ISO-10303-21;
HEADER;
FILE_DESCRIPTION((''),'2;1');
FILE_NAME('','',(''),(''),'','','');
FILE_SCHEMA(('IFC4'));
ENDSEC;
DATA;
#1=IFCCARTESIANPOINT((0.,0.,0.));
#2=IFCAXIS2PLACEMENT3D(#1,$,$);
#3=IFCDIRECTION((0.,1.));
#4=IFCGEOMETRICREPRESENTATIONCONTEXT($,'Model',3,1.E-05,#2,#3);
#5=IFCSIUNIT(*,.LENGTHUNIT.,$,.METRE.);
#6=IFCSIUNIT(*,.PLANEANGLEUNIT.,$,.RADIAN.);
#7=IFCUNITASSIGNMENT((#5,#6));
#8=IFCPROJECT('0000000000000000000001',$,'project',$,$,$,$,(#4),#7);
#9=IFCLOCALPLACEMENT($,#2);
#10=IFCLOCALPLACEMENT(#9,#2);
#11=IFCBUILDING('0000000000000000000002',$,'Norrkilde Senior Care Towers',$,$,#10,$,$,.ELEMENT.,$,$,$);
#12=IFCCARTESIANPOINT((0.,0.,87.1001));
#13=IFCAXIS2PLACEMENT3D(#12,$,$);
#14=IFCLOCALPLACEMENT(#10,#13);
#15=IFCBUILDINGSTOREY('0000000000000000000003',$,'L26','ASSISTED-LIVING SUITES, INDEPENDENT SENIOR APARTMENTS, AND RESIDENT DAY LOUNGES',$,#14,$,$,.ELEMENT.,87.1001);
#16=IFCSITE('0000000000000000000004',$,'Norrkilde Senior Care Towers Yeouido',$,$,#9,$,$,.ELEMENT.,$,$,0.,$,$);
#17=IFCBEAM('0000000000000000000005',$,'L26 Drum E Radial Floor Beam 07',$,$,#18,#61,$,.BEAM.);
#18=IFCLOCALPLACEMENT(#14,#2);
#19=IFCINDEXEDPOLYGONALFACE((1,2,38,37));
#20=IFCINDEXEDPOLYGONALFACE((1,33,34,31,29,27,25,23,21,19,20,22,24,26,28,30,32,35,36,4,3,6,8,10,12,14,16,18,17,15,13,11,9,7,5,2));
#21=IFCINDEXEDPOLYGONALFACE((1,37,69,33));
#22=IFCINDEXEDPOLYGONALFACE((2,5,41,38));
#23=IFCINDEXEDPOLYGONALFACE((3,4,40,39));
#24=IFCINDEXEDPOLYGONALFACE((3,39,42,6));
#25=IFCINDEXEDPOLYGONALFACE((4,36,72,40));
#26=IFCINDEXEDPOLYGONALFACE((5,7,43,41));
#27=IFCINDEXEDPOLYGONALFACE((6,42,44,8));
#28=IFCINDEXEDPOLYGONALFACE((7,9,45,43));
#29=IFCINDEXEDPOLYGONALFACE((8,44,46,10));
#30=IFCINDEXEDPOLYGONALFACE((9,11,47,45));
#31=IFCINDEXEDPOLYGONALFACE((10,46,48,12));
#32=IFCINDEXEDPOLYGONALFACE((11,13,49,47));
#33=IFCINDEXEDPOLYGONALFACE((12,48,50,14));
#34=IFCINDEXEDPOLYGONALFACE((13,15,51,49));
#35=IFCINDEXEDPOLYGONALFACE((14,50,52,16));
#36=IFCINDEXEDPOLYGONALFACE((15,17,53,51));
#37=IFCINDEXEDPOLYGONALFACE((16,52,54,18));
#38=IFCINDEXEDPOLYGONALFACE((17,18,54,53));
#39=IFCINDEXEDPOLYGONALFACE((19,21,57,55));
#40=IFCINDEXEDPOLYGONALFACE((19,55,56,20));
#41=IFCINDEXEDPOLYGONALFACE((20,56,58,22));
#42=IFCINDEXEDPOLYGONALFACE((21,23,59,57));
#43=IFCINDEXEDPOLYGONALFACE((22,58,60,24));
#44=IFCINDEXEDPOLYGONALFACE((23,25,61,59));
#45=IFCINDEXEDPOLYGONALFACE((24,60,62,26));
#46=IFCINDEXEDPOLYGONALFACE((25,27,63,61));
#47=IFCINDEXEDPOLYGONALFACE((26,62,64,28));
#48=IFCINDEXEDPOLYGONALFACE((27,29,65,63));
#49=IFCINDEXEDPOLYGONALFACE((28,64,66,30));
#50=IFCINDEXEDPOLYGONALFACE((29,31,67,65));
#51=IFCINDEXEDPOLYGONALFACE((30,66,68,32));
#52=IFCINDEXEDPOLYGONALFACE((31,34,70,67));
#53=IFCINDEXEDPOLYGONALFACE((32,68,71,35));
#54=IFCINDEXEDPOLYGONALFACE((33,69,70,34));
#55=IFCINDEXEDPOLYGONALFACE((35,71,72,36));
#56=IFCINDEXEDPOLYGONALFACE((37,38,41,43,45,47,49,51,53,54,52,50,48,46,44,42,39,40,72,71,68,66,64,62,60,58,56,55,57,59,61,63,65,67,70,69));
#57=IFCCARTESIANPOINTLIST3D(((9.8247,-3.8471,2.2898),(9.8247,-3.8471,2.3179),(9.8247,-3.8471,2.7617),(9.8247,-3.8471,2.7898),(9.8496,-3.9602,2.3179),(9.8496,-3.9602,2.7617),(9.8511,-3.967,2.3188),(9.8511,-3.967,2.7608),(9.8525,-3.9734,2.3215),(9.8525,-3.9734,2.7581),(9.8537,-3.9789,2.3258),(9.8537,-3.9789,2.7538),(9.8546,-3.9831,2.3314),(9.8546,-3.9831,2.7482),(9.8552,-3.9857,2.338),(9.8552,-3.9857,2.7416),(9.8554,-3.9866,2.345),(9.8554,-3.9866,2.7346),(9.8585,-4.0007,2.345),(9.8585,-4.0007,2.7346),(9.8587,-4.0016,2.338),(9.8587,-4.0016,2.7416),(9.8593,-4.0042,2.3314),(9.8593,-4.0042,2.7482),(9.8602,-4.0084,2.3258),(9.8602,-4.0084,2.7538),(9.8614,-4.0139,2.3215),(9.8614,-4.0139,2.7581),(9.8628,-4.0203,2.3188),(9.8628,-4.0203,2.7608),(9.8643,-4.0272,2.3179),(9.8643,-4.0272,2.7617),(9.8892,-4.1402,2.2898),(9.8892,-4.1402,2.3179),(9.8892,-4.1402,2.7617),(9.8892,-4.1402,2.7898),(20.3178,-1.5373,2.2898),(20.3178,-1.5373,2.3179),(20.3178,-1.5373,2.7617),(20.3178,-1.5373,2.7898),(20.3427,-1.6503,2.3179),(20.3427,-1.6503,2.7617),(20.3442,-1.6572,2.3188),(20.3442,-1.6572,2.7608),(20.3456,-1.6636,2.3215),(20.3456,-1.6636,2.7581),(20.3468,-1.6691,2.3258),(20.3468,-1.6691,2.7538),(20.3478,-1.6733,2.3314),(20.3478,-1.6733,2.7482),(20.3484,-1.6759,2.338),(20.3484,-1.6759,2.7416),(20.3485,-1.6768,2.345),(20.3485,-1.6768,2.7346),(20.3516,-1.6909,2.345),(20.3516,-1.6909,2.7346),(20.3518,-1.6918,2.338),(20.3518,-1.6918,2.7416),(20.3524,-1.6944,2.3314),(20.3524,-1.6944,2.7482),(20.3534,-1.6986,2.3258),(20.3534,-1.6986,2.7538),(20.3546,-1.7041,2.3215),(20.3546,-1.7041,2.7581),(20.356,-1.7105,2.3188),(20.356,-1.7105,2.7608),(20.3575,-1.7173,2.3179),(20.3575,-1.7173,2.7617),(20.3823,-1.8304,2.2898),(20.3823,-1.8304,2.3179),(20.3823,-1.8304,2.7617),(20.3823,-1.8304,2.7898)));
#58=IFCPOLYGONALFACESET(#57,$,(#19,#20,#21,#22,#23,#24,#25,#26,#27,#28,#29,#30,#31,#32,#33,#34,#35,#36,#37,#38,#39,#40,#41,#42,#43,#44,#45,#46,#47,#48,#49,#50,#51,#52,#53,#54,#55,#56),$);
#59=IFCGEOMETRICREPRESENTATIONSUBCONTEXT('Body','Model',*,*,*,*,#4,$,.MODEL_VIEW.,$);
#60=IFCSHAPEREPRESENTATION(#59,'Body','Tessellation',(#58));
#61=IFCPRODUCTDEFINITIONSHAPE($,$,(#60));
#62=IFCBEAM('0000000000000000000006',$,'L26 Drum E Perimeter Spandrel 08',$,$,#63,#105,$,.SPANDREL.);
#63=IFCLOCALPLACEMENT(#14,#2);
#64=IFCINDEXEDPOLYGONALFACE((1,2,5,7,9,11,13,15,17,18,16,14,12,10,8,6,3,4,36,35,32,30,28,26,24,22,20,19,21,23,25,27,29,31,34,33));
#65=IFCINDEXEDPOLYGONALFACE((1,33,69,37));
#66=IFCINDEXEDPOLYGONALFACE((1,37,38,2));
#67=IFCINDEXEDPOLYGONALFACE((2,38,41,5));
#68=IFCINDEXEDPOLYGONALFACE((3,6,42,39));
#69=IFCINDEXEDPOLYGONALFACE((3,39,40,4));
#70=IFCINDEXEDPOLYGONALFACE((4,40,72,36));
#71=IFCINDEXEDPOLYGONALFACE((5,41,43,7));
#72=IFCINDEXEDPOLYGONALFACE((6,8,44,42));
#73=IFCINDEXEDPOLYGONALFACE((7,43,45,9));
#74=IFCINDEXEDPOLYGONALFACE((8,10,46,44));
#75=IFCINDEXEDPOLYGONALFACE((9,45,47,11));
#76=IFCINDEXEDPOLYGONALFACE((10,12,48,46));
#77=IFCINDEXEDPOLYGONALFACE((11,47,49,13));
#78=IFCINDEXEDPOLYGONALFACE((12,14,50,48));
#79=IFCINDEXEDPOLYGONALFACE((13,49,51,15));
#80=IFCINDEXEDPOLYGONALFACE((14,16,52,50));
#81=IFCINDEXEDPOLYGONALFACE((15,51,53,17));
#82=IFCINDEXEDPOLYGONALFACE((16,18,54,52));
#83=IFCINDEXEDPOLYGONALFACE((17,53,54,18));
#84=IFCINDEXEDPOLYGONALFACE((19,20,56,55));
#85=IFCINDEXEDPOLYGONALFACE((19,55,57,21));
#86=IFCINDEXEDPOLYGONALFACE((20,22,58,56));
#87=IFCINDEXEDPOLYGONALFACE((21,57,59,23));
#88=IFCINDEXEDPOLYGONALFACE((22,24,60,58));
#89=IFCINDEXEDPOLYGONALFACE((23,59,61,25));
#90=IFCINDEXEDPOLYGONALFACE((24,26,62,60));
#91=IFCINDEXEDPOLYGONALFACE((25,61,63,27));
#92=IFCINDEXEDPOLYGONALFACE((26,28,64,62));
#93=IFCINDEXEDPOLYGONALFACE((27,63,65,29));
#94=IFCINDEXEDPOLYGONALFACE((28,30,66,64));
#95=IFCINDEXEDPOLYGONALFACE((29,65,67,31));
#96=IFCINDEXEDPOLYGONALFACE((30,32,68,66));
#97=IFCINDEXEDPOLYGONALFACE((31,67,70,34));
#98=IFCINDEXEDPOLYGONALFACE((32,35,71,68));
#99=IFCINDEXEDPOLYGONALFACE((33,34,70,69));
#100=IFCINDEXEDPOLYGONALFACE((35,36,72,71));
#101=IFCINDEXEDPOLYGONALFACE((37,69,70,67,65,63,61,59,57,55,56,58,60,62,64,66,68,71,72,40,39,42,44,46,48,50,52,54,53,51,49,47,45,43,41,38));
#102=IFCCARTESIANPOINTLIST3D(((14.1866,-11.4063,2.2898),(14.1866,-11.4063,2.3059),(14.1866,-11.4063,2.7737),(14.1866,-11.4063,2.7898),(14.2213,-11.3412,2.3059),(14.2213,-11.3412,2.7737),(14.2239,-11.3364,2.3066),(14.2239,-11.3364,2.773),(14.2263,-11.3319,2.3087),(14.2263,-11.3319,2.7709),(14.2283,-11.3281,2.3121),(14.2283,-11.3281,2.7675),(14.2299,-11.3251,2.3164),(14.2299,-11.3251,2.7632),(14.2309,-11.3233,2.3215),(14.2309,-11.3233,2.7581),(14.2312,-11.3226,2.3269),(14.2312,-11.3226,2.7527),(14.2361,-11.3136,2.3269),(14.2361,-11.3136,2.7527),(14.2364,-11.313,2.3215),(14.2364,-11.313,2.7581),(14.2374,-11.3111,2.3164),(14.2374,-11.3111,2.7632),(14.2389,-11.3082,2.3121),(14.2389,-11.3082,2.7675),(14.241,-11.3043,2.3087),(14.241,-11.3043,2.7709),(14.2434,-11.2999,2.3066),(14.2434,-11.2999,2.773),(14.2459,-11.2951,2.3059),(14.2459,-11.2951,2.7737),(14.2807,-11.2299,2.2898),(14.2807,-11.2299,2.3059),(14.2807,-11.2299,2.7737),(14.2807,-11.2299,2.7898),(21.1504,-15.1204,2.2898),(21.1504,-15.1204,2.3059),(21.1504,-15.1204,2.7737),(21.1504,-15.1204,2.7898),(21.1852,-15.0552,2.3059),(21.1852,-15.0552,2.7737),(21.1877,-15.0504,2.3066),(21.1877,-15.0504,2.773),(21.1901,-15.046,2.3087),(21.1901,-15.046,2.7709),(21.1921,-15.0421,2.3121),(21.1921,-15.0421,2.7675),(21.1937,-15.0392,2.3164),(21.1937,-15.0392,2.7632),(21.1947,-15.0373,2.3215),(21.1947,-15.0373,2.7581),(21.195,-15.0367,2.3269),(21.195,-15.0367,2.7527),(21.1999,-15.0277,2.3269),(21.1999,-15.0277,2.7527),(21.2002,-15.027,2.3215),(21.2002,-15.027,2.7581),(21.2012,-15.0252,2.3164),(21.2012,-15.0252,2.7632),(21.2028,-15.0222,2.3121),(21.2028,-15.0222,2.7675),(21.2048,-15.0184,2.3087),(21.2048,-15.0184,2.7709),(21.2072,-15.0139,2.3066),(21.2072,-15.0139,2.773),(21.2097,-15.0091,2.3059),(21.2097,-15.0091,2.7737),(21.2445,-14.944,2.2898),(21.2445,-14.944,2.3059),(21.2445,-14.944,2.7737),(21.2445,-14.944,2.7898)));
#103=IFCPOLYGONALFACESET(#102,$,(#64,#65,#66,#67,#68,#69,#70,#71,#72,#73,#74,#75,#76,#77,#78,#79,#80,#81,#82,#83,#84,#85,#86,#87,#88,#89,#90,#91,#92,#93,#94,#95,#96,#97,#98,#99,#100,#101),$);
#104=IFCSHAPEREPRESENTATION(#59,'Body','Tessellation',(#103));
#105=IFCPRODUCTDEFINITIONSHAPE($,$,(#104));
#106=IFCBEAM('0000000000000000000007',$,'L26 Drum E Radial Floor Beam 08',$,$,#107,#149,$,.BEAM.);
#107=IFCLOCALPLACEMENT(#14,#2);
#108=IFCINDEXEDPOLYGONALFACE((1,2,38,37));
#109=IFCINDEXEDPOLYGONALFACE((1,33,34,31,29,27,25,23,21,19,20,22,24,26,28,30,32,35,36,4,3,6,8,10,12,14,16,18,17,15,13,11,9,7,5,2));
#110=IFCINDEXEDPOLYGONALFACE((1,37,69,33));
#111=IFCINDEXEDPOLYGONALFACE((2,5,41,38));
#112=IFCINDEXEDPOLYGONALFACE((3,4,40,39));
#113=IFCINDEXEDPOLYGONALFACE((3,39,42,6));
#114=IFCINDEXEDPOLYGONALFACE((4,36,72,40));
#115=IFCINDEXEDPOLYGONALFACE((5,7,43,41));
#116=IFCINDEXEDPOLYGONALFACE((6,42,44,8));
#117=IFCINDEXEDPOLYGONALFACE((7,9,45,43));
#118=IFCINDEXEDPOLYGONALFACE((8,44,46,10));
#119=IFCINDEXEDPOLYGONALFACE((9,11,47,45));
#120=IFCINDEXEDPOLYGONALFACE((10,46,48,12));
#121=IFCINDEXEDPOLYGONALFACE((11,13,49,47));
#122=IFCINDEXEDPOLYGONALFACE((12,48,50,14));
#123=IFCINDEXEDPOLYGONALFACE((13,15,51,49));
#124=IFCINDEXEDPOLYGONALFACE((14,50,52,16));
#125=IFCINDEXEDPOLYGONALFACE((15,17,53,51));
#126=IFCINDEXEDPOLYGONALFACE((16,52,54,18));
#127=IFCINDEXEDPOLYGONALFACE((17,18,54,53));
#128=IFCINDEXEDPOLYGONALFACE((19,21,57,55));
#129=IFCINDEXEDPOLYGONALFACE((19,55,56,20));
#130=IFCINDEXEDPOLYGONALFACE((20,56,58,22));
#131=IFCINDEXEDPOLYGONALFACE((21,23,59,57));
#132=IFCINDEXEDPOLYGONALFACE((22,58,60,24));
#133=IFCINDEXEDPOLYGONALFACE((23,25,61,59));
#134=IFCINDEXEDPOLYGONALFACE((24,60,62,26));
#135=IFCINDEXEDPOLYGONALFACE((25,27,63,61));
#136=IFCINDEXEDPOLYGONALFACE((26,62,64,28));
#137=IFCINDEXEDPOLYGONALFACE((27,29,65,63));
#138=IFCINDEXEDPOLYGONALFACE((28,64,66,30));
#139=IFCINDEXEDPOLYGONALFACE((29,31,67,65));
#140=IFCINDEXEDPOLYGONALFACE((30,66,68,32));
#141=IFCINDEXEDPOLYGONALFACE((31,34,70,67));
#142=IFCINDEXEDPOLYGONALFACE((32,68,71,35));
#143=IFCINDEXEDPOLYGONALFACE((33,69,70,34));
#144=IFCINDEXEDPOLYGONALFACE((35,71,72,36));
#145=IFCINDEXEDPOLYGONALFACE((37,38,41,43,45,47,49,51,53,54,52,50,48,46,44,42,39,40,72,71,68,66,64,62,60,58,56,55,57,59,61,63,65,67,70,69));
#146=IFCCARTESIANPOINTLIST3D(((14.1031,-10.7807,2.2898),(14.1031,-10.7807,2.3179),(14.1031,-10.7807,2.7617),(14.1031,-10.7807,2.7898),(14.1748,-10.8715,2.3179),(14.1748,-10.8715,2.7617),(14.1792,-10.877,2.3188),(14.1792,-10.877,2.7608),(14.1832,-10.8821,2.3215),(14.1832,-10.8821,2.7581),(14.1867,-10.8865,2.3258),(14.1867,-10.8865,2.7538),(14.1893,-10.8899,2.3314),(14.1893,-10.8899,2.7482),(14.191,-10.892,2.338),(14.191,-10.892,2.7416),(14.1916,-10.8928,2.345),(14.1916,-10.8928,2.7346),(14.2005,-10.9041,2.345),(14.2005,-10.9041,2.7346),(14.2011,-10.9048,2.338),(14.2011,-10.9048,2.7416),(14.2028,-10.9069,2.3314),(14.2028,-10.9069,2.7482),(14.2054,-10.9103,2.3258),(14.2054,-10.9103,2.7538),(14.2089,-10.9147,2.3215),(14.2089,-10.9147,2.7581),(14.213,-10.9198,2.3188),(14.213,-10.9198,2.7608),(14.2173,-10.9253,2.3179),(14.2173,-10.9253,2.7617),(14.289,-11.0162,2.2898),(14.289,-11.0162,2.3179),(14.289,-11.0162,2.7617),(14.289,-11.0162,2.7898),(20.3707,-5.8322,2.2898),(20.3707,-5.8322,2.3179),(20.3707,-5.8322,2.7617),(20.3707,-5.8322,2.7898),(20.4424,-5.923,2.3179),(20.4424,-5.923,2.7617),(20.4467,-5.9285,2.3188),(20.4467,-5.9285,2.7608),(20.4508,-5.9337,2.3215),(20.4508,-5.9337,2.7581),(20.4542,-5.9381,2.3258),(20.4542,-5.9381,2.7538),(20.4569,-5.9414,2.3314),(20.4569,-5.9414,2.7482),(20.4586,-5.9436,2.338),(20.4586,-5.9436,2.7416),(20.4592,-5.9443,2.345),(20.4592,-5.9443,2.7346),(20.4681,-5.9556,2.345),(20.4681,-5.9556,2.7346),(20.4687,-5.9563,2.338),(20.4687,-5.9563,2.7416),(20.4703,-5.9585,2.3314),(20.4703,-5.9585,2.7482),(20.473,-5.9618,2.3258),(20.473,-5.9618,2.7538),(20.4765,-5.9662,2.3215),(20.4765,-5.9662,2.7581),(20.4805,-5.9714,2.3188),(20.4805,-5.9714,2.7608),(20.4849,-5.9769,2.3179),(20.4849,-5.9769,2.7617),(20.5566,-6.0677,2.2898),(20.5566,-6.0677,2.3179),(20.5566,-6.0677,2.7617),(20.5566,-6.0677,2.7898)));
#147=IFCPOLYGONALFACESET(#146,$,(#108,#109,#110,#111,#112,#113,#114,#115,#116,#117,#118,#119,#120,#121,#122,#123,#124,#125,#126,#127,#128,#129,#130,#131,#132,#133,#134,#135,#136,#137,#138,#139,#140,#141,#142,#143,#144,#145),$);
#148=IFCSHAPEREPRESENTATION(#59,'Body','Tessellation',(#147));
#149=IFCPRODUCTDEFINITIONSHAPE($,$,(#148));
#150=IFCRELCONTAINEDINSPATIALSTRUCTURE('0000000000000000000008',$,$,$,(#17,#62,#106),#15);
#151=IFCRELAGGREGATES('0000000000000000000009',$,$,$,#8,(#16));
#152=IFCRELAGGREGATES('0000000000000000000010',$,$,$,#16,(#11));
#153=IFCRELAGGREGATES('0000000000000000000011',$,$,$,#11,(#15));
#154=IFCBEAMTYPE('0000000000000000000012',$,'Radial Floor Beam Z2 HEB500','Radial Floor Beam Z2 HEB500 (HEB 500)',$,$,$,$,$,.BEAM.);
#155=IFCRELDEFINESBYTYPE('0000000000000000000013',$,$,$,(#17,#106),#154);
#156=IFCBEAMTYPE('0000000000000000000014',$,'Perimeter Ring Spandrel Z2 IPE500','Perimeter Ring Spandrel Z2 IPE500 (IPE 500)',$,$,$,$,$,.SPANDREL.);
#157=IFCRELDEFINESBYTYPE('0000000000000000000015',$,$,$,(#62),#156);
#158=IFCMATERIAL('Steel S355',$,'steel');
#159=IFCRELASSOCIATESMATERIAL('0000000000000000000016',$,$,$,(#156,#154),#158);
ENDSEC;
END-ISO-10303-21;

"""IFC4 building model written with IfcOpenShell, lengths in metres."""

from ifc_helpers import new_model, si_unit, direction, frame, origin, origin_2d, place, context, subcontext, project, spatial, i_section, extrude, source, transform, mapped, material, material_profile, profile_set, type_object, type_shapes, element, save


model = new_model("IFC4")

# Units and contexts
model_context = context("Model", 3, precision=1e-05, world=origin(), true_north=direction((0.0, 1.0)))
body_context = subcontext(model_context, "Body", "Model", "MODEL_VIEW")
ifc_project = project(units=[si_unit("LENGTHUNIT", "METRE"), si_unit("PLANEANGLEUNIT", "RADIAN")], contexts=[model_context])

# Site, building, storey
site_placement = place(None, origin())
site = spatial("IfcSite", under=ifc_project, at=site_placement, Name="Norrkilde Senior Care Towers Yeouido", CompositionType="ELEMENT", RefElevation=0.0)
building_placement = place(site_placement, origin())
building = spatial("IfcBuilding", under=site, at=building_placement, Name="Norrkilde Senior Care Towers", CompositionType="ELEMENT")
storey_placement = place(building_placement, frame((0.0, 0.0, 87.1001)))
storey = spatial("IfcBuildingStorey", under=building, at=storey_placement, Name="L26", Description="ASSISTED-LIVING SUITES, INDEPENDENT SENIOR APARTMENTS, AND RESIDENT DAY LOUNGES", CompositionType="ELEMENT", Elevation=87.1001)

# Beams
ifc_material_1 = material(Name="Steel S355", Category="steel")
ifc_material_profile_1 = material_profile(ifc_material_1, i_section(OverallWidth=0.2, OverallDepth=0.5, WebThickness=0.0103, FlangeThickness=0.0161, FilletRadius=0.021, at=origin_2d()), Name="IPE 500")
ifc_profile_set_1 = profile_set([ifc_material_profile_1], Name="Steel S355")
beam_type_1 = type_object("IfcBeamType", Name="Perimeter Ring Spandrel Z2 IPE500", Description="Perimeter Ring Spandrel Z2 IPE500 (IPE 500)", PredefinedType="SPANDREL", material=ifc_profile_set_1)
ifc_material_profile_2 = material_profile(ifc_material_1, i_section(OverallWidth=0.3, OverallDepth=0.5, WebThickness=0.0144, FlangeThickness=0.0281, FilletRadius=0.0271, at=origin_2d()), Name="HEB 500")
ifc_profile_set_2 = profile_set([ifc_material_profile_2], Name="Steel S355")
beam_type_2 = type_object("IfcBeamType", Name="Radial Floor Beam Z2 HEB500", Description="Radial Floor Beam Z2 HEB500 (HEB 500)", PredefinedType="BEAM", material=ifc_profile_set_2)
shared_shape_1 = source(origin(), body_context, "Body", "SweptSolid", [
    extrude(i_section(OverallWidth=0.3, OverallDepth=0.5, WebThickness=0.0144, FlangeThickness=0.0281, FilletRadius=0.0271, at=origin_2d()), origin(), (0.0, 0.0, 1.0), 10.7444),
])
beam_1_placement = place(storey_placement, frame((20.3501, -1.6838, 2.5398), z_axis=(-0.976619, -0.214979, 0.0), x_axis=(0.214979, -0.976619, 0.0)))
element("IfcBeam", 1, at=beam_1_placement, inside=storey, type_object=beam_type_2, Name="L26 Drum E Radial Floor Beam 07", PredefinedType="BEAM", context=body_context, shape_type="MappedRepresentation", body=[
    mapped(shared_shape_1, transform((0.0, 0.0, 0.0), x_axis=(1.0, 0.0, 0.0), y_axis=(0.0, 1.0, 0.0), z_axis=(0.0, 0.0, 1.0), scale=1.0)),
])
shared_shape_2 = source(origin(), body_context, "Body", "SweptSolid", [
    extrude(i_section(OverallWidth=0.2, OverallDepth=0.5, WebThickness=0.0103, FlangeThickness=0.0161, FilletRadius=0.021, at=origin_2d()), origin(), (0.0, 0.0, 1.0), 7.8923),
])
beam_2_placement = place(storey_placement, frame((14.2336, -11.3181, 2.5398), z_axis=(0.88235, -0.470593, 0.0), x_axis=(0.470593, 0.88235, 0.0)))
element("IfcBeam", 2, at=beam_2_placement, inside=storey, type_object=beam_type_1, Name="L26 Drum E Perimeter Spandrel 08", PredefinedType="SPANDREL", context=body_context, shape_type="MappedRepresentation", body=[
    mapped(shared_shape_2, transform((0.0, 0.0, 0.0), x_axis=(1.0, 0.0, 0.0), y_axis=(0.0, 1.0, 0.0), z_axis=(0.0, 0.0, 1.0), scale=1.0)),
])
shared_shape_3 = source(origin(), body_context, "Body", "SweptSolid", [
    extrude(i_section(OverallWidth=0.3, OverallDepth=0.5, WebThickness=0.0144, FlangeThickness=0.0281, FilletRadius=0.0271, at=origin_2d()), origin(), (0.0, 0.0, 1.0), 7.9856),
])
type_shapes(beam_type_2, [shared_shape_1, shared_shape_3])
beam_3_placement = place(storey_placement, frame((20.4636, -5.95, 2.5398), z_axis=(-0.784859, -0.619675, 0.0), x_axis=(0.619675, -0.784859, 0.0)))
element("IfcBeam", 3, at=beam_3_placement, inside=storey, type_object=beam_type_2, Name="L26 Drum E Radial Floor Beam 08", PredefinedType="BEAM", context=body_context, shape_type="MappedRepresentation", body=[
    mapped(shared_shape_3, transform((0.0, 0.0, 0.0), x_axis=(1.0, 0.0, 0.0), y_axis=(0.0, 1.0, 0.0), z_axis=(0.0, 0.0, 1.0), scale=1.0)),
])

save(model, "model.ifc")
